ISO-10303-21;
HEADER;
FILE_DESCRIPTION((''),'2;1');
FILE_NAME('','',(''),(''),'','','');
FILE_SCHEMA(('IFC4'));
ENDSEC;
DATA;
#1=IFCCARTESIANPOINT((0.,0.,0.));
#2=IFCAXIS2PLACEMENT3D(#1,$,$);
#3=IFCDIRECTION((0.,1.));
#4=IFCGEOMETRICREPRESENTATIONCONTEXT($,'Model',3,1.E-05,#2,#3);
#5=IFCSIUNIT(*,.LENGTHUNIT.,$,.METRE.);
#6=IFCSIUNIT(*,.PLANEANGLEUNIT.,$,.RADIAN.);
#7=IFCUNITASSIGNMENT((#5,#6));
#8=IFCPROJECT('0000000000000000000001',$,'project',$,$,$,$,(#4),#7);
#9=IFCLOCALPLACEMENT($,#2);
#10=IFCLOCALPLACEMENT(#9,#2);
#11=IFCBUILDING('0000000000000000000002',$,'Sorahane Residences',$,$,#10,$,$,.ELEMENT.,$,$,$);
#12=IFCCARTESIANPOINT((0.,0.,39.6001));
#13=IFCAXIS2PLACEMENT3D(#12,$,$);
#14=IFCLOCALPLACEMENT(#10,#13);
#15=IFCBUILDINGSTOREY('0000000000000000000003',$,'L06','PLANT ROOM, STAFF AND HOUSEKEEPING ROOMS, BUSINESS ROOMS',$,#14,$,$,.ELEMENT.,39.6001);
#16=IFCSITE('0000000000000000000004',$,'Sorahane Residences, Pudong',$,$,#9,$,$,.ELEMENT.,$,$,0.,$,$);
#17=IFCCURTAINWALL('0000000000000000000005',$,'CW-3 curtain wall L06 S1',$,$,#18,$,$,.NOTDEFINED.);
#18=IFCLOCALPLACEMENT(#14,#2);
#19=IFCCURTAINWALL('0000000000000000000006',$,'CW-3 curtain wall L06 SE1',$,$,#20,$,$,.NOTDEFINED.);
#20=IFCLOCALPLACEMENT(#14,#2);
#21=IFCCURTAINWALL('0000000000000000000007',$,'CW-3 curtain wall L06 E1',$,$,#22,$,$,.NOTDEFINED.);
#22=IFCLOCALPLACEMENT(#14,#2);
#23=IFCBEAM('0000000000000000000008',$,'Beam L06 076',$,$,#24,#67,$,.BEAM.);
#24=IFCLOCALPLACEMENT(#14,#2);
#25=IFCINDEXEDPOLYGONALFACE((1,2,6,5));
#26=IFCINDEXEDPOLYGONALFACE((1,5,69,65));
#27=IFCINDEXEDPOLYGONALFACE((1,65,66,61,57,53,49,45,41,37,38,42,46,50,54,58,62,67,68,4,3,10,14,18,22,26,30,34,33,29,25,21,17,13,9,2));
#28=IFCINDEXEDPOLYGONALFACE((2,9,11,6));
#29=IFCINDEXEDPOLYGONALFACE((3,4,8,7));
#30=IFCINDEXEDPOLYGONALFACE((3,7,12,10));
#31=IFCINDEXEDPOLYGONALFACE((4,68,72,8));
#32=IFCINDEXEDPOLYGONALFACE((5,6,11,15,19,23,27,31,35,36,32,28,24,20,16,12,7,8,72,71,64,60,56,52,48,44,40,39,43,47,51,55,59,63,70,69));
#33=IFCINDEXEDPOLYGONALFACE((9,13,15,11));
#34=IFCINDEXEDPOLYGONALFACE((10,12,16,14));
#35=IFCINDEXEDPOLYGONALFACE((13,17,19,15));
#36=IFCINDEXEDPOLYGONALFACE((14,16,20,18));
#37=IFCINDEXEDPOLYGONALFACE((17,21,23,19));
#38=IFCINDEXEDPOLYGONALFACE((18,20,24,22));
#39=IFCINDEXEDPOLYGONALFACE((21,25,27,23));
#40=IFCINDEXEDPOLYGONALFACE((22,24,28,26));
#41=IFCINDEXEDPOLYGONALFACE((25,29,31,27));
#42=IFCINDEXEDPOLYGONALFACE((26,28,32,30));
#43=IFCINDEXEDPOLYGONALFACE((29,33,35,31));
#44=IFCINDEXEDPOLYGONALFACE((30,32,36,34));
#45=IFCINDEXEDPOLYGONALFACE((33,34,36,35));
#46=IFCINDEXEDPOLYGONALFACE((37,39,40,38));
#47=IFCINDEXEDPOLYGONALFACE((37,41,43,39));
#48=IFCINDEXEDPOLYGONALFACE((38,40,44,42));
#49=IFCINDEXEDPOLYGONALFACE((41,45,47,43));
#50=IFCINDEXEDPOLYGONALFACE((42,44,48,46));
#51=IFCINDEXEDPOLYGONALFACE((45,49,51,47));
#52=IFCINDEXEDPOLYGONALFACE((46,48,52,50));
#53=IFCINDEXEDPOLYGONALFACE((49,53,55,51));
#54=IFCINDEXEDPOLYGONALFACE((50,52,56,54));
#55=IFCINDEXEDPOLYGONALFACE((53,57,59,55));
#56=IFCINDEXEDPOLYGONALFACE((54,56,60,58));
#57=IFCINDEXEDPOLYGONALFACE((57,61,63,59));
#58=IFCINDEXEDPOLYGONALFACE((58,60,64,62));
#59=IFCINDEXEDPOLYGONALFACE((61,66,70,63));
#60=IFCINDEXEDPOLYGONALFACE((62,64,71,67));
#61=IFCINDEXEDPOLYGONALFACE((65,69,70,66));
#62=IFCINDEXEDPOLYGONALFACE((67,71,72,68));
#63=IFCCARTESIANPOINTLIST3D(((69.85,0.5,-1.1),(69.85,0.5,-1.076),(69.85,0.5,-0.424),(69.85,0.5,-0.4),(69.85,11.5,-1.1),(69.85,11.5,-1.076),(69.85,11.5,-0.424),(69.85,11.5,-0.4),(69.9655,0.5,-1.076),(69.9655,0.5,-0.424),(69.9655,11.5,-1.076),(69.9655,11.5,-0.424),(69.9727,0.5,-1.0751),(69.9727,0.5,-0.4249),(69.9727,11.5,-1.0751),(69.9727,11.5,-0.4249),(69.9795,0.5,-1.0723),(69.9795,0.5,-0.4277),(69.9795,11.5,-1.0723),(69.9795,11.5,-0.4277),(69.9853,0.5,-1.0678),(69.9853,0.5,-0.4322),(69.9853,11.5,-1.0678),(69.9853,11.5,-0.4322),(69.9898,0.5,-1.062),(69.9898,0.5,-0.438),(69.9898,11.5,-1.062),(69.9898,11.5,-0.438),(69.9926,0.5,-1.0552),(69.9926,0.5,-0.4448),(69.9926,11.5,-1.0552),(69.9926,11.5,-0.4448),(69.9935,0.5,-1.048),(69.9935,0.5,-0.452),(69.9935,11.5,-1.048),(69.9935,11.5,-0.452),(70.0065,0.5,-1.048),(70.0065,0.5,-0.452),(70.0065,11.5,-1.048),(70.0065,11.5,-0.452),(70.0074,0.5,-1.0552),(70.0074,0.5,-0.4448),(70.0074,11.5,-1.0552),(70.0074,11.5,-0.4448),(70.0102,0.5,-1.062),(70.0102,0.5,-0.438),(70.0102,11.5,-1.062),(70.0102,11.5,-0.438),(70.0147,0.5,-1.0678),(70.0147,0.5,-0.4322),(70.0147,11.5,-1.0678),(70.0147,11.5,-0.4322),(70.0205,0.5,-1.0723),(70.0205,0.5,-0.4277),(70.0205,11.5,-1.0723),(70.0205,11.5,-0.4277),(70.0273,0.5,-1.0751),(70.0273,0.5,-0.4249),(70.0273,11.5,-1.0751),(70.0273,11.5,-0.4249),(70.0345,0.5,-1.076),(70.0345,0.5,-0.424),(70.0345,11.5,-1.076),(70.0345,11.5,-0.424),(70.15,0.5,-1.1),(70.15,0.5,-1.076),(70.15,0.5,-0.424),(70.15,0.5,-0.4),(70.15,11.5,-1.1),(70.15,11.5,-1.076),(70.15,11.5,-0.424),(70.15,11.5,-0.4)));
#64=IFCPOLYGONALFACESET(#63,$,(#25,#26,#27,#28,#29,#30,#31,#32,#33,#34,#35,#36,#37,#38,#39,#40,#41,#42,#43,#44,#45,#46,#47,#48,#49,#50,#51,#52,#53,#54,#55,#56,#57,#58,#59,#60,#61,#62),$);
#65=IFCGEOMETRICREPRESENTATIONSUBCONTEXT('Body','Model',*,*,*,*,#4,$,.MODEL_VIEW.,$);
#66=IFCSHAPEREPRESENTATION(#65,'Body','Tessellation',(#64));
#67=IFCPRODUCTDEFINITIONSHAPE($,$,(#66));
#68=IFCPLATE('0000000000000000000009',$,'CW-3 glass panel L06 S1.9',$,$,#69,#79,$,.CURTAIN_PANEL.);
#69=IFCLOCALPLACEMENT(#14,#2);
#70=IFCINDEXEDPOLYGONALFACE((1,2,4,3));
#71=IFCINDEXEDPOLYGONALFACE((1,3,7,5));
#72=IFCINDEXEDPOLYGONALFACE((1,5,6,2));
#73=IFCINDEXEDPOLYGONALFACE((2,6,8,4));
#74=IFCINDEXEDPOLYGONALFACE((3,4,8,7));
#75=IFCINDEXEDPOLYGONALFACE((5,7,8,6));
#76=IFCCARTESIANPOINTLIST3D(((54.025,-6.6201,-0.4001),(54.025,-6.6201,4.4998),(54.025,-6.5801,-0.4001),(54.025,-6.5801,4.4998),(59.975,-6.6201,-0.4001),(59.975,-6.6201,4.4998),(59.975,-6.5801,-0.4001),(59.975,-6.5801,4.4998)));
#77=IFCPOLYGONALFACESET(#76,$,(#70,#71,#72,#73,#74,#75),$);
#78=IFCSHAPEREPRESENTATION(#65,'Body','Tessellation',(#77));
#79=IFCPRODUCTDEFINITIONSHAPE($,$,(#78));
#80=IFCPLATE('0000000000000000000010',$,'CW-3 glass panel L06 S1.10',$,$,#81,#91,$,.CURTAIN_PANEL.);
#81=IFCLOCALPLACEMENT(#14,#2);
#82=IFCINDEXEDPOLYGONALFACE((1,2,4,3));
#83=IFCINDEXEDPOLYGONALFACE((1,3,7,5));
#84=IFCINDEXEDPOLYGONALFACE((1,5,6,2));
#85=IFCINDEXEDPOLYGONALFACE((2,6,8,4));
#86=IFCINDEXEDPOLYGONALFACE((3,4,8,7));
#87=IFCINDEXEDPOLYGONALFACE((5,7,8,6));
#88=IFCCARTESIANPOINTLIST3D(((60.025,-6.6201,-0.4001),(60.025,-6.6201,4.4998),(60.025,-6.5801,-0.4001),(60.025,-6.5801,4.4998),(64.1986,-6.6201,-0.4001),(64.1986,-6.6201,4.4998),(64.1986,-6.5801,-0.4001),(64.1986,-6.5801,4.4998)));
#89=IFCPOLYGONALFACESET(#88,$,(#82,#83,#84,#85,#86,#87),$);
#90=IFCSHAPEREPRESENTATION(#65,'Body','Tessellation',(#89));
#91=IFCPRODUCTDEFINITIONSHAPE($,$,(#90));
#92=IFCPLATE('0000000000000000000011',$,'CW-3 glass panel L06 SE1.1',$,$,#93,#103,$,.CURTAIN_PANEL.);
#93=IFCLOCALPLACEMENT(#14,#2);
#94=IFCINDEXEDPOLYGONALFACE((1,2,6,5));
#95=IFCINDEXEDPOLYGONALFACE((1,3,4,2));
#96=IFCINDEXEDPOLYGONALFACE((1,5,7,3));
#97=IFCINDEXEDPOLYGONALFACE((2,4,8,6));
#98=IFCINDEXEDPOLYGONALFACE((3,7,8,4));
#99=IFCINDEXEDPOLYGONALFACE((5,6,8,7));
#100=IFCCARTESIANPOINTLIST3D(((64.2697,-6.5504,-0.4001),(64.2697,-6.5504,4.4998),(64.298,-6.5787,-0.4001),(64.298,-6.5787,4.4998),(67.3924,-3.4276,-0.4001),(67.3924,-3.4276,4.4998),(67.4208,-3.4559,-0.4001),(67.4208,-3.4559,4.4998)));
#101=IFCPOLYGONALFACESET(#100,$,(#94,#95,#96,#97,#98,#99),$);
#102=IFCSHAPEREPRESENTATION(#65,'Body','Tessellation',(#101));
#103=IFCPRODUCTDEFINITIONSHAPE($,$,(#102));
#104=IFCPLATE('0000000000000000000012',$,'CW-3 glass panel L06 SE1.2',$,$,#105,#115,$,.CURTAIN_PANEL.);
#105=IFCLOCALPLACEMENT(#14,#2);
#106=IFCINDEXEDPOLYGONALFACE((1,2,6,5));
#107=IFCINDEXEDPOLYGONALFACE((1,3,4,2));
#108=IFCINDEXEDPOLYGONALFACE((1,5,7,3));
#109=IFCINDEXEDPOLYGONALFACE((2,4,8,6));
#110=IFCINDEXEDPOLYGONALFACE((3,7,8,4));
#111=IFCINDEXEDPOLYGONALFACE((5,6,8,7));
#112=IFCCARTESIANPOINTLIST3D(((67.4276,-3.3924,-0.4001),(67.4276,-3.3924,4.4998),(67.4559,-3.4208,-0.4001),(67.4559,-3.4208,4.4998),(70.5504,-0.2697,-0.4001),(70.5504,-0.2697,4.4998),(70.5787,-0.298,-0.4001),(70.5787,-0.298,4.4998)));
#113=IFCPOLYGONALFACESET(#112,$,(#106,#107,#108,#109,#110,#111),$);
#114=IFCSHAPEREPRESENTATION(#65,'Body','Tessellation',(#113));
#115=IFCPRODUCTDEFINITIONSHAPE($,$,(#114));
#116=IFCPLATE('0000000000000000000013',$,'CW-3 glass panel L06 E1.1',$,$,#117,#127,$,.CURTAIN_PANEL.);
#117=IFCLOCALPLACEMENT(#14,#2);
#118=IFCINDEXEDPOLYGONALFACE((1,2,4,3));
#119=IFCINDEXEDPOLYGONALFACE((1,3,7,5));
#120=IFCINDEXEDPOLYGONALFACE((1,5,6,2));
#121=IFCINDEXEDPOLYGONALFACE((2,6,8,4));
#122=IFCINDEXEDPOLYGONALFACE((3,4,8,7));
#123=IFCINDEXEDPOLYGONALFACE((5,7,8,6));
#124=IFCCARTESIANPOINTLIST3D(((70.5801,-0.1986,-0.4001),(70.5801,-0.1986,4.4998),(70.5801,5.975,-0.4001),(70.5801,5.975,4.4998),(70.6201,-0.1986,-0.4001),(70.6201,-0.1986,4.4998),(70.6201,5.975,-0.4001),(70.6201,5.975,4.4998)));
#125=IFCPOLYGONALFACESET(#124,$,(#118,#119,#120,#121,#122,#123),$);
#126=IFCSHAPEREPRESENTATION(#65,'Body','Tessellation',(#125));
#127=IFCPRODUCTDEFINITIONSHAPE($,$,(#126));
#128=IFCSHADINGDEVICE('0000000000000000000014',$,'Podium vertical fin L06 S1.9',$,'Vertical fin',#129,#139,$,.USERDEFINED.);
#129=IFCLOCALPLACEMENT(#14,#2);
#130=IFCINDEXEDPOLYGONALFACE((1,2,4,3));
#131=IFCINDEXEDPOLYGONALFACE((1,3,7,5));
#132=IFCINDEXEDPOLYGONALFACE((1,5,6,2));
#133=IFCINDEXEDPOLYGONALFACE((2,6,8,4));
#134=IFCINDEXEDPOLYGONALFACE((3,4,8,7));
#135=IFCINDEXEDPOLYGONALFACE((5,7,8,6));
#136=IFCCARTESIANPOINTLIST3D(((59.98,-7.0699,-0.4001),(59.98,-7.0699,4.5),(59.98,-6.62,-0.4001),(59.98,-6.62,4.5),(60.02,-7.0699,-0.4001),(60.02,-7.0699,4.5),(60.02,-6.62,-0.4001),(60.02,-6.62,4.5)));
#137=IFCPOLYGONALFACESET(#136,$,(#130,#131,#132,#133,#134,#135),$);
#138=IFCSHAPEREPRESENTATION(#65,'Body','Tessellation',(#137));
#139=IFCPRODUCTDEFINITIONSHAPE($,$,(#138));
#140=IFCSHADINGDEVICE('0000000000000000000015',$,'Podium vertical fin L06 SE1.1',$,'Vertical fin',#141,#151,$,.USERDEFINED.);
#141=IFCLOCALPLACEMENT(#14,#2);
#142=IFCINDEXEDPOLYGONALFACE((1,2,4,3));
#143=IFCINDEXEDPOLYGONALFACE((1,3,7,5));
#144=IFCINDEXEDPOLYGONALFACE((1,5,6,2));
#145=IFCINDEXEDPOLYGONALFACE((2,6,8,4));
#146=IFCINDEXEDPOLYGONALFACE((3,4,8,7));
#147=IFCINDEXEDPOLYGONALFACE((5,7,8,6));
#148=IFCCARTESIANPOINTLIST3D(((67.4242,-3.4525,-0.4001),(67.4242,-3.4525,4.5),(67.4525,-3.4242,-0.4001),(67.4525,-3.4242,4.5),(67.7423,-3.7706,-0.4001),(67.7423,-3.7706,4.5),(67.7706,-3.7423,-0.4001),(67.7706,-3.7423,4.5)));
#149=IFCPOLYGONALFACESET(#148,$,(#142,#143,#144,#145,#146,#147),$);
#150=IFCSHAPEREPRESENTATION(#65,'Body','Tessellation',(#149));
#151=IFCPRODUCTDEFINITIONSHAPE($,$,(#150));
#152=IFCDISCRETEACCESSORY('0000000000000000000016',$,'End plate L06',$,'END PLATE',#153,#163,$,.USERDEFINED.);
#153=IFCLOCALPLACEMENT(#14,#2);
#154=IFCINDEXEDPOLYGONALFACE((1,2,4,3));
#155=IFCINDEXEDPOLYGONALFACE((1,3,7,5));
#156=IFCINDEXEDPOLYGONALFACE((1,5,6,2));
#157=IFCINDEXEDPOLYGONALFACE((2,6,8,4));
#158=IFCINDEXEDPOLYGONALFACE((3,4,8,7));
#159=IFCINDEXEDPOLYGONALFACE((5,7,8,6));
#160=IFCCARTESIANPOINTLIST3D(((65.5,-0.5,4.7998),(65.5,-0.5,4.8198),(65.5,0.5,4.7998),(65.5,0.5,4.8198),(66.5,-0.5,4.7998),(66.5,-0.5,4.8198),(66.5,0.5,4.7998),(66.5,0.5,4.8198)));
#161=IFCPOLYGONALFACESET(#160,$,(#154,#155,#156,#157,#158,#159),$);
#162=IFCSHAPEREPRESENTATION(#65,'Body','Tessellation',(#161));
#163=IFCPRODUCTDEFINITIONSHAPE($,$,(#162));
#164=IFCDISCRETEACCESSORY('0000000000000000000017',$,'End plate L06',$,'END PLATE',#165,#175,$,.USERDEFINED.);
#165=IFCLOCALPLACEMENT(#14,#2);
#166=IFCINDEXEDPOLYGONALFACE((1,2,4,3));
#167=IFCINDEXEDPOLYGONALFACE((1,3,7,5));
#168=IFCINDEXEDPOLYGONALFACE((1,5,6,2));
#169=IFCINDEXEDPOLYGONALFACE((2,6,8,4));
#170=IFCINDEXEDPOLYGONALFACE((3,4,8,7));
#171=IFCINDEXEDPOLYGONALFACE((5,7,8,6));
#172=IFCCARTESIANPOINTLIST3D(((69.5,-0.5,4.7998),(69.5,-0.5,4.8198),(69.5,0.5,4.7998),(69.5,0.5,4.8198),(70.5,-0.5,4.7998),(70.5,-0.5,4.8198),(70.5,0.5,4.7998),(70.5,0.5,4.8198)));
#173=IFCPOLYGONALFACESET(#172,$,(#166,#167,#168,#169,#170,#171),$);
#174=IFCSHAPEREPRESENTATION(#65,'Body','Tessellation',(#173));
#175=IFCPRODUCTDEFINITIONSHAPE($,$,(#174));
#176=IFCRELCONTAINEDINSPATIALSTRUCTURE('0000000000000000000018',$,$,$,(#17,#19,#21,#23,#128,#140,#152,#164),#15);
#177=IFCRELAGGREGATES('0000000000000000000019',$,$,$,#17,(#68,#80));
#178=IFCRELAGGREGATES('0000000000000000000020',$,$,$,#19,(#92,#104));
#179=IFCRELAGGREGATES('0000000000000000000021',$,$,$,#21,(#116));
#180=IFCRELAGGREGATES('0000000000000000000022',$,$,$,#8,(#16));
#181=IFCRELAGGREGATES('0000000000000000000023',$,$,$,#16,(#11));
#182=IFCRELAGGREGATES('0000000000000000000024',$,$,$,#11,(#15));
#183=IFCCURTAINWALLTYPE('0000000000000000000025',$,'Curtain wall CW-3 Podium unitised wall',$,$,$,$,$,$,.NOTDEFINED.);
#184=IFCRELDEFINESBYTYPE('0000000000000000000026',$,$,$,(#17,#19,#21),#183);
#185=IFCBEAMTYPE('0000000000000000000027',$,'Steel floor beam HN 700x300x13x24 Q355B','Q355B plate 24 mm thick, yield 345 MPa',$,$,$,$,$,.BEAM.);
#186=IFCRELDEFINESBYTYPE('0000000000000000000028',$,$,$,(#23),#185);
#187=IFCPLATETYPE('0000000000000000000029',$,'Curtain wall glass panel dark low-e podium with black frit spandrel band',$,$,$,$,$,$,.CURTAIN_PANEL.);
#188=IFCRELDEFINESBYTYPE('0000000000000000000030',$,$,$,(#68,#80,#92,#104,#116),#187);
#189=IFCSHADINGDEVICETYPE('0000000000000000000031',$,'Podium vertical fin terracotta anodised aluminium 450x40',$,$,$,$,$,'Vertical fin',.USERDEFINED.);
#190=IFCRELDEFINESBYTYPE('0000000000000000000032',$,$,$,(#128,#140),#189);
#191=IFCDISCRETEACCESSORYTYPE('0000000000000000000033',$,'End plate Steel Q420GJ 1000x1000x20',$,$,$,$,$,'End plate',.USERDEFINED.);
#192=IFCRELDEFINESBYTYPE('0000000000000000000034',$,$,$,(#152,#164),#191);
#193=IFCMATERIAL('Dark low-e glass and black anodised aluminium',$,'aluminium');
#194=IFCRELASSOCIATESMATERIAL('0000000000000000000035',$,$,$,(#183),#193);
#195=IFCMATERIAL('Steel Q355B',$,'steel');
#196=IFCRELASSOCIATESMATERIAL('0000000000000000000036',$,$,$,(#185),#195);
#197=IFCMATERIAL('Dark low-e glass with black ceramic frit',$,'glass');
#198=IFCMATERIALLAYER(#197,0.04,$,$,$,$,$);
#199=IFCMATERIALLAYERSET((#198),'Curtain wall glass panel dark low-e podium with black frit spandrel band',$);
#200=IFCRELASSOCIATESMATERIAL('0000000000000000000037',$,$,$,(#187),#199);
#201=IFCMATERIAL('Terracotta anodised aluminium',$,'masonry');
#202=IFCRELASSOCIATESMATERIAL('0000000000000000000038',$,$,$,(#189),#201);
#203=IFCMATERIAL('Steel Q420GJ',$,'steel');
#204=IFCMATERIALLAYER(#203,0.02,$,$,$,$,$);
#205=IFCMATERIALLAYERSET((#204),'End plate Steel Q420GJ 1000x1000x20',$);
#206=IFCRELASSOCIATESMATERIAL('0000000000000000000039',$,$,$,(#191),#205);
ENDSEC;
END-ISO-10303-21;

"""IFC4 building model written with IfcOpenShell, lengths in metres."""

from ifc_helpers import new_model, si_unit, direction, frame, origin, origin_2d, place, context, subcontext, project, spatial, rectangle, i_section, extrude, material, layer, layer_set, material_profile, profile_set, type_object, element, aggregate, save


model = new_model("IFC4")

# Units and contexts
model_context = context("Model", 3, precision=1e-05, world=origin(), true_north=direction((0.0, 1.0)))
body_context = subcontext(model_context, "Body", "Model", "MODEL_VIEW")
ifc_project = project(units=[si_unit("LENGTHUNIT", "METRE"), si_unit("PLANEANGLEUNIT", "RADIAN")], contexts=[model_context])

# Site, building, storey
site_placement = place(None, origin())
site = spatial("IfcSite", under=ifc_project, at=site_placement, Name="Sorahane Residences, Pudong", CompositionType="ELEMENT", RefElevation=0.0)
building_placement = place(site_placement, origin())
building = spatial("IfcBuilding", under=site, at=building_placement, Name="Sorahane Residences", CompositionType="ELEMENT")
storey_placement = place(building_placement, frame((0.0, 0.0, 39.6001)))
storey = spatial("IfcBuildingStorey", under=building, at=storey_placement, Name="L06", Description="PLANT ROOM, STAFF AND HOUSEKEEPING ROOMS, BUSINESS ROOMS", CompositionType="ELEMENT", Elevation=39.6001)

# Curtain walls
ifc_material_1 = material(Name="Dark low-e glass and black anodised aluminium", Category="aluminium")
curtain_wall_type = type_object("IfcCurtainWallType", Name="Curtain wall CW-3 Podium unitised wall", PredefinedType="NOTDEFINED", material=ifc_material_1)
curtain_wall_1_placement = place(storey_placement, origin())
curtain_wall_1 = element("IfcCurtainWall", 1, at=curtain_wall_1_placement, inside=storey, type_object=curtain_wall_type, Name="CW-3 curtain wall L06 S1", PredefinedType="NOTDEFINED")
curtain_wall_2_placement = place(storey_placement, origin())
curtain_wall_2 = element("IfcCurtainWall", 2, at=curtain_wall_2_placement, inside=storey, type_object=curtain_wall_type, Name="CW-3 curtain wall L06 SE1", PredefinedType="NOTDEFINED")

# Curtain wall
curtain_wall_3_placement = place(storey_placement, origin())
curtain_wall_3 = element("IfcCurtainWall", 3, at=curtain_wall_3_placement, inside=storey, type_object=curtain_wall_type, Name="CW-3 curtain wall L06 E1", PredefinedType="NOTDEFINED")

# Beam
ifc_material_2 = material(Name="Steel Q355B", Category="steel")
ifc_material_profile_1 = material_profile(ifc_material_2, i_section(OverallWidth=0.3, OverallDepth=0.7, WebThickness=0.0129, FlangeThickness=0.0239, FilletRadius=0.0281, at=origin_2d()), Name="HN 700x300x13x24")
ifc_profile_set_1 = profile_set([ifc_material_profile_1], Name="Steel Q355B")
beam_type_1 = type_object("IfcBeamType", Name="Steel floor beam HN 700x300x13x24 Q355B", Description="Q355B plate 24 mm thick, yield 345 MPa", PredefinedType="BEAM", material=ifc_profile_set_1)
beam_1_placement = place(storey_placement, frame((70.0, 0.5, -0.75), z_axis=(0.0, 1.0, 0.0), x_axis=(-1.0, 0.0, 0.0)))
element("IfcBeam", 4, at=beam_1_placement, inside=storey, type_object=beam_type_1, Name="Beam L06 076", PredefinedType="BEAM", context=body_context, shape_type="SweptSolid", body=[
    extrude(i_section(OverallWidth=0.3, OverallDepth=0.7, WebThickness=0.0129, FlangeThickness=0.0239, FilletRadius=0.0281, at=origin_2d()), origin(), (0.0, 0.0, 1.0), 11.0),
])

# Plates
ifc_material_3 = material(Name="Dark low-e glass with black ceramic frit", Category="glass")
ifc_layer_1 = layer(ifc_material_3, 0.04)
ifc_layer_set_1 = layer_set([ifc_layer_1], Name="Curtain wall glass panel dark low-e podium with black frit spandrel band")
plate_type = type_object("IfcPlateType", Name="Curtain wall glass panel dark low-e podium with black frit spandrel band", PredefinedType="CURTAIN_PANEL", material=ifc_layer_set_1)
plate_1_placement = place(storey_placement, frame((57.0, -6.6001, -0.4001), z_axis=(0.0, 0.0, 1.0), x_axis=(1.0, 0.0, 0.0)))
plate_1 = element("IfcPlate", 5, at=plate_1_placement, type_object=plate_type, Name="CW-3 glass panel L06 S1.9", PredefinedType="CURTAIN_PANEL", context=body_context, shape_type="SweptSolid", body=[
    extrude(rectangle(XDim=5.95, YDim=0.04, at=origin_2d()), origin(), (0.0, 0.0, 1.0), 4.8999),
])
plate_2_placement = place(storey_placement, frame((62.1118, -6.6001, -0.4001), z_axis=(0.0, 0.0, 1.0), x_axis=(1.0, 0.0, 0.0)))
plate_2 = element("IfcPlate", 6, at=plate_2_placement, type_object=plate_type, Name="CW-3 glass panel L06 S1.10", PredefinedType="CURTAIN_PANEL", context=body_context, shape_type="SweptSolid", body=[
    extrude(rectangle(XDim=4.1736, YDim=0.04, at=origin_2d()), origin(), (0.0, 0.0, 1.0), 4.8999),
])
aggregate(curtain_wall_1, [plate_1, plate_2])
plate_3_placement = place(storey_placement, frame((65.8452, -5.0032, -0.4001), z_axis=(0.0, 0.0, 1.0), x_axis=(0.707107, 0.707107, 0.0)))
plate_3 = element("IfcPlate", 7, at=plate_3_placement, type_object=plate_type, Name="CW-3 glass panel L06 SE1.1", PredefinedType="CURTAIN_PANEL", context=body_context, shape_type="SweptSolid", body=[
    extrude(rectangle(XDim=4.4163, YDim=0.04, at=origin_2d()), origin(), (0.0, 0.0, 1.0), 4.8999),
])
plate_4_placement = place(storey_placement, frame((69.0032, -1.8452, -0.4001), z_axis=(0.0, 0.0, 1.0), x_axis=(0.707107, 0.707107, 0.0)))
plate_4 = element("IfcPlate", 8, at=plate_4_placement, type_object=plate_type, Name="CW-3 glass panel L06 SE1.2", PredefinedType="CURTAIN_PANEL", context=body_context, shape_type="SweptSolid", body=[
    extrude(rectangle(XDim=4.4163, YDim=0.04, at=origin_2d()), origin(), (0.0, 0.0, 1.0), 4.8999),
])
aggregate(curtain_wall_2, [plate_3, plate_4])
plate_5_placement = place(storey_placement, frame((70.6001, 2.8882, -0.4001), z_axis=(0.0, 0.0, 1.0), x_axis=(0.0, 1.0, 0.0)))
plate_5 = element("IfcPlate", 9, at=plate_5_placement, type_object=plate_type, Name="CW-3 glass panel L06 E1.1", PredefinedType="CURTAIN_PANEL", context=body_context, shape_type="SweptSolid", body=[
    extrude(rectangle(XDim=6.1736, YDim=0.04, at=origin_2d()), origin(), (0.0, 0.0, 1.0), 4.8999),
])
aggregate(curtain_wall_3, [plate_5])

# Shading devices
ifc_material_4 = material(Name="Terracotta anodised aluminium", Category="masonry")
ifc_material_profile_2 = material_profile(ifc_material_4, rectangle(XDim=0.45, YDim=0.04, at=origin_2d()), Name="Podium vertical fin terracotta anodised aluminium 450x40")
ifc_profile_set_2 = profile_set([ifc_material_profile_2], Name="Terracotta anodised aluminium")
shading_device_type = type_object("IfcShadingDeviceType", Name="Podium vertical fin terracotta anodised aluminium 450x40", ElementType="Vertical fin", PredefinedType="USERDEFINED", material=ifc_profile_set_2)
for number, where, z_axis, x_axis, name in (
    (10, (60.0, -6.845, -0.4001), (0.0, 0.0, 1.0), (0.0, -1.0, 0.0), "Podium vertical fin L06 S1.9"),
    (11, (67.5974, -3.5974, -0.4001), (0.0, 0.0, 1.0), (0.707107, -0.707107, 0.0), "Podium vertical fin L06 SE1.1"),
):
    element("IfcShadingDevice", number, at=place(storey_placement, frame(where, z_axis=z_axis, x_axis=x_axis)), inside=storey, type_object=shading_device_type, Name=name, ObjectType="Vertical fin", PredefinedType="USERDEFINED", context=body_context, shape_type="SweptSolid", body=[
        extrude(rectangle(XDim=0.45, YDim=0.04, at=origin_2d()), origin(), (0.0, 0.0, 1.0), 4.9001),
    ])

# Discrete accessories
ifc_material_5 = material(Name="Steel Q420GJ", Category="steel")
ifc_layer_2 = layer(ifc_material_5, 0.02)
ifc_layer_set_2 = layer_set([ifc_layer_2], Name="End plate Steel Q420GJ 1000x1000x20")
discrete_accessory_type = type_object("IfcDiscreteAccessoryType", Name="End plate Steel Q420GJ 1000x1000x20", ElementType="End plate", PredefinedType="USERDEFINED", material=ifc_layer_set_2)
for number, where, z_axis, x_axis, name in (
    (12, (66.0, 0.0, 4.7998), (0.0, 0.0, 1.0), (1.0, 0.0, 0.0), "End plate L06"),
    (13, (70.0, 0.0, 4.7998), (0.0, 0.0, 1.0), (1.0, 0.0, 0.0), "End plate L06"),
):
    element("IfcDiscreteAccessory", number, at=place(storey_placement, frame(where, z_axis=z_axis, x_axis=x_axis)), inside=storey, type_object=discrete_accessory_type, Name=name, ObjectType="END PLATE", PredefinedType="USERDEFINED", context=body_context, shape_type="SweptSolid", body=[
        extrude(rectangle(XDim=1.0, YDim=1.0, at=origin_2d()), origin(), (0.0, 0.0, 1.0), 0.02),
    ])

save(model, "model.ifc")
